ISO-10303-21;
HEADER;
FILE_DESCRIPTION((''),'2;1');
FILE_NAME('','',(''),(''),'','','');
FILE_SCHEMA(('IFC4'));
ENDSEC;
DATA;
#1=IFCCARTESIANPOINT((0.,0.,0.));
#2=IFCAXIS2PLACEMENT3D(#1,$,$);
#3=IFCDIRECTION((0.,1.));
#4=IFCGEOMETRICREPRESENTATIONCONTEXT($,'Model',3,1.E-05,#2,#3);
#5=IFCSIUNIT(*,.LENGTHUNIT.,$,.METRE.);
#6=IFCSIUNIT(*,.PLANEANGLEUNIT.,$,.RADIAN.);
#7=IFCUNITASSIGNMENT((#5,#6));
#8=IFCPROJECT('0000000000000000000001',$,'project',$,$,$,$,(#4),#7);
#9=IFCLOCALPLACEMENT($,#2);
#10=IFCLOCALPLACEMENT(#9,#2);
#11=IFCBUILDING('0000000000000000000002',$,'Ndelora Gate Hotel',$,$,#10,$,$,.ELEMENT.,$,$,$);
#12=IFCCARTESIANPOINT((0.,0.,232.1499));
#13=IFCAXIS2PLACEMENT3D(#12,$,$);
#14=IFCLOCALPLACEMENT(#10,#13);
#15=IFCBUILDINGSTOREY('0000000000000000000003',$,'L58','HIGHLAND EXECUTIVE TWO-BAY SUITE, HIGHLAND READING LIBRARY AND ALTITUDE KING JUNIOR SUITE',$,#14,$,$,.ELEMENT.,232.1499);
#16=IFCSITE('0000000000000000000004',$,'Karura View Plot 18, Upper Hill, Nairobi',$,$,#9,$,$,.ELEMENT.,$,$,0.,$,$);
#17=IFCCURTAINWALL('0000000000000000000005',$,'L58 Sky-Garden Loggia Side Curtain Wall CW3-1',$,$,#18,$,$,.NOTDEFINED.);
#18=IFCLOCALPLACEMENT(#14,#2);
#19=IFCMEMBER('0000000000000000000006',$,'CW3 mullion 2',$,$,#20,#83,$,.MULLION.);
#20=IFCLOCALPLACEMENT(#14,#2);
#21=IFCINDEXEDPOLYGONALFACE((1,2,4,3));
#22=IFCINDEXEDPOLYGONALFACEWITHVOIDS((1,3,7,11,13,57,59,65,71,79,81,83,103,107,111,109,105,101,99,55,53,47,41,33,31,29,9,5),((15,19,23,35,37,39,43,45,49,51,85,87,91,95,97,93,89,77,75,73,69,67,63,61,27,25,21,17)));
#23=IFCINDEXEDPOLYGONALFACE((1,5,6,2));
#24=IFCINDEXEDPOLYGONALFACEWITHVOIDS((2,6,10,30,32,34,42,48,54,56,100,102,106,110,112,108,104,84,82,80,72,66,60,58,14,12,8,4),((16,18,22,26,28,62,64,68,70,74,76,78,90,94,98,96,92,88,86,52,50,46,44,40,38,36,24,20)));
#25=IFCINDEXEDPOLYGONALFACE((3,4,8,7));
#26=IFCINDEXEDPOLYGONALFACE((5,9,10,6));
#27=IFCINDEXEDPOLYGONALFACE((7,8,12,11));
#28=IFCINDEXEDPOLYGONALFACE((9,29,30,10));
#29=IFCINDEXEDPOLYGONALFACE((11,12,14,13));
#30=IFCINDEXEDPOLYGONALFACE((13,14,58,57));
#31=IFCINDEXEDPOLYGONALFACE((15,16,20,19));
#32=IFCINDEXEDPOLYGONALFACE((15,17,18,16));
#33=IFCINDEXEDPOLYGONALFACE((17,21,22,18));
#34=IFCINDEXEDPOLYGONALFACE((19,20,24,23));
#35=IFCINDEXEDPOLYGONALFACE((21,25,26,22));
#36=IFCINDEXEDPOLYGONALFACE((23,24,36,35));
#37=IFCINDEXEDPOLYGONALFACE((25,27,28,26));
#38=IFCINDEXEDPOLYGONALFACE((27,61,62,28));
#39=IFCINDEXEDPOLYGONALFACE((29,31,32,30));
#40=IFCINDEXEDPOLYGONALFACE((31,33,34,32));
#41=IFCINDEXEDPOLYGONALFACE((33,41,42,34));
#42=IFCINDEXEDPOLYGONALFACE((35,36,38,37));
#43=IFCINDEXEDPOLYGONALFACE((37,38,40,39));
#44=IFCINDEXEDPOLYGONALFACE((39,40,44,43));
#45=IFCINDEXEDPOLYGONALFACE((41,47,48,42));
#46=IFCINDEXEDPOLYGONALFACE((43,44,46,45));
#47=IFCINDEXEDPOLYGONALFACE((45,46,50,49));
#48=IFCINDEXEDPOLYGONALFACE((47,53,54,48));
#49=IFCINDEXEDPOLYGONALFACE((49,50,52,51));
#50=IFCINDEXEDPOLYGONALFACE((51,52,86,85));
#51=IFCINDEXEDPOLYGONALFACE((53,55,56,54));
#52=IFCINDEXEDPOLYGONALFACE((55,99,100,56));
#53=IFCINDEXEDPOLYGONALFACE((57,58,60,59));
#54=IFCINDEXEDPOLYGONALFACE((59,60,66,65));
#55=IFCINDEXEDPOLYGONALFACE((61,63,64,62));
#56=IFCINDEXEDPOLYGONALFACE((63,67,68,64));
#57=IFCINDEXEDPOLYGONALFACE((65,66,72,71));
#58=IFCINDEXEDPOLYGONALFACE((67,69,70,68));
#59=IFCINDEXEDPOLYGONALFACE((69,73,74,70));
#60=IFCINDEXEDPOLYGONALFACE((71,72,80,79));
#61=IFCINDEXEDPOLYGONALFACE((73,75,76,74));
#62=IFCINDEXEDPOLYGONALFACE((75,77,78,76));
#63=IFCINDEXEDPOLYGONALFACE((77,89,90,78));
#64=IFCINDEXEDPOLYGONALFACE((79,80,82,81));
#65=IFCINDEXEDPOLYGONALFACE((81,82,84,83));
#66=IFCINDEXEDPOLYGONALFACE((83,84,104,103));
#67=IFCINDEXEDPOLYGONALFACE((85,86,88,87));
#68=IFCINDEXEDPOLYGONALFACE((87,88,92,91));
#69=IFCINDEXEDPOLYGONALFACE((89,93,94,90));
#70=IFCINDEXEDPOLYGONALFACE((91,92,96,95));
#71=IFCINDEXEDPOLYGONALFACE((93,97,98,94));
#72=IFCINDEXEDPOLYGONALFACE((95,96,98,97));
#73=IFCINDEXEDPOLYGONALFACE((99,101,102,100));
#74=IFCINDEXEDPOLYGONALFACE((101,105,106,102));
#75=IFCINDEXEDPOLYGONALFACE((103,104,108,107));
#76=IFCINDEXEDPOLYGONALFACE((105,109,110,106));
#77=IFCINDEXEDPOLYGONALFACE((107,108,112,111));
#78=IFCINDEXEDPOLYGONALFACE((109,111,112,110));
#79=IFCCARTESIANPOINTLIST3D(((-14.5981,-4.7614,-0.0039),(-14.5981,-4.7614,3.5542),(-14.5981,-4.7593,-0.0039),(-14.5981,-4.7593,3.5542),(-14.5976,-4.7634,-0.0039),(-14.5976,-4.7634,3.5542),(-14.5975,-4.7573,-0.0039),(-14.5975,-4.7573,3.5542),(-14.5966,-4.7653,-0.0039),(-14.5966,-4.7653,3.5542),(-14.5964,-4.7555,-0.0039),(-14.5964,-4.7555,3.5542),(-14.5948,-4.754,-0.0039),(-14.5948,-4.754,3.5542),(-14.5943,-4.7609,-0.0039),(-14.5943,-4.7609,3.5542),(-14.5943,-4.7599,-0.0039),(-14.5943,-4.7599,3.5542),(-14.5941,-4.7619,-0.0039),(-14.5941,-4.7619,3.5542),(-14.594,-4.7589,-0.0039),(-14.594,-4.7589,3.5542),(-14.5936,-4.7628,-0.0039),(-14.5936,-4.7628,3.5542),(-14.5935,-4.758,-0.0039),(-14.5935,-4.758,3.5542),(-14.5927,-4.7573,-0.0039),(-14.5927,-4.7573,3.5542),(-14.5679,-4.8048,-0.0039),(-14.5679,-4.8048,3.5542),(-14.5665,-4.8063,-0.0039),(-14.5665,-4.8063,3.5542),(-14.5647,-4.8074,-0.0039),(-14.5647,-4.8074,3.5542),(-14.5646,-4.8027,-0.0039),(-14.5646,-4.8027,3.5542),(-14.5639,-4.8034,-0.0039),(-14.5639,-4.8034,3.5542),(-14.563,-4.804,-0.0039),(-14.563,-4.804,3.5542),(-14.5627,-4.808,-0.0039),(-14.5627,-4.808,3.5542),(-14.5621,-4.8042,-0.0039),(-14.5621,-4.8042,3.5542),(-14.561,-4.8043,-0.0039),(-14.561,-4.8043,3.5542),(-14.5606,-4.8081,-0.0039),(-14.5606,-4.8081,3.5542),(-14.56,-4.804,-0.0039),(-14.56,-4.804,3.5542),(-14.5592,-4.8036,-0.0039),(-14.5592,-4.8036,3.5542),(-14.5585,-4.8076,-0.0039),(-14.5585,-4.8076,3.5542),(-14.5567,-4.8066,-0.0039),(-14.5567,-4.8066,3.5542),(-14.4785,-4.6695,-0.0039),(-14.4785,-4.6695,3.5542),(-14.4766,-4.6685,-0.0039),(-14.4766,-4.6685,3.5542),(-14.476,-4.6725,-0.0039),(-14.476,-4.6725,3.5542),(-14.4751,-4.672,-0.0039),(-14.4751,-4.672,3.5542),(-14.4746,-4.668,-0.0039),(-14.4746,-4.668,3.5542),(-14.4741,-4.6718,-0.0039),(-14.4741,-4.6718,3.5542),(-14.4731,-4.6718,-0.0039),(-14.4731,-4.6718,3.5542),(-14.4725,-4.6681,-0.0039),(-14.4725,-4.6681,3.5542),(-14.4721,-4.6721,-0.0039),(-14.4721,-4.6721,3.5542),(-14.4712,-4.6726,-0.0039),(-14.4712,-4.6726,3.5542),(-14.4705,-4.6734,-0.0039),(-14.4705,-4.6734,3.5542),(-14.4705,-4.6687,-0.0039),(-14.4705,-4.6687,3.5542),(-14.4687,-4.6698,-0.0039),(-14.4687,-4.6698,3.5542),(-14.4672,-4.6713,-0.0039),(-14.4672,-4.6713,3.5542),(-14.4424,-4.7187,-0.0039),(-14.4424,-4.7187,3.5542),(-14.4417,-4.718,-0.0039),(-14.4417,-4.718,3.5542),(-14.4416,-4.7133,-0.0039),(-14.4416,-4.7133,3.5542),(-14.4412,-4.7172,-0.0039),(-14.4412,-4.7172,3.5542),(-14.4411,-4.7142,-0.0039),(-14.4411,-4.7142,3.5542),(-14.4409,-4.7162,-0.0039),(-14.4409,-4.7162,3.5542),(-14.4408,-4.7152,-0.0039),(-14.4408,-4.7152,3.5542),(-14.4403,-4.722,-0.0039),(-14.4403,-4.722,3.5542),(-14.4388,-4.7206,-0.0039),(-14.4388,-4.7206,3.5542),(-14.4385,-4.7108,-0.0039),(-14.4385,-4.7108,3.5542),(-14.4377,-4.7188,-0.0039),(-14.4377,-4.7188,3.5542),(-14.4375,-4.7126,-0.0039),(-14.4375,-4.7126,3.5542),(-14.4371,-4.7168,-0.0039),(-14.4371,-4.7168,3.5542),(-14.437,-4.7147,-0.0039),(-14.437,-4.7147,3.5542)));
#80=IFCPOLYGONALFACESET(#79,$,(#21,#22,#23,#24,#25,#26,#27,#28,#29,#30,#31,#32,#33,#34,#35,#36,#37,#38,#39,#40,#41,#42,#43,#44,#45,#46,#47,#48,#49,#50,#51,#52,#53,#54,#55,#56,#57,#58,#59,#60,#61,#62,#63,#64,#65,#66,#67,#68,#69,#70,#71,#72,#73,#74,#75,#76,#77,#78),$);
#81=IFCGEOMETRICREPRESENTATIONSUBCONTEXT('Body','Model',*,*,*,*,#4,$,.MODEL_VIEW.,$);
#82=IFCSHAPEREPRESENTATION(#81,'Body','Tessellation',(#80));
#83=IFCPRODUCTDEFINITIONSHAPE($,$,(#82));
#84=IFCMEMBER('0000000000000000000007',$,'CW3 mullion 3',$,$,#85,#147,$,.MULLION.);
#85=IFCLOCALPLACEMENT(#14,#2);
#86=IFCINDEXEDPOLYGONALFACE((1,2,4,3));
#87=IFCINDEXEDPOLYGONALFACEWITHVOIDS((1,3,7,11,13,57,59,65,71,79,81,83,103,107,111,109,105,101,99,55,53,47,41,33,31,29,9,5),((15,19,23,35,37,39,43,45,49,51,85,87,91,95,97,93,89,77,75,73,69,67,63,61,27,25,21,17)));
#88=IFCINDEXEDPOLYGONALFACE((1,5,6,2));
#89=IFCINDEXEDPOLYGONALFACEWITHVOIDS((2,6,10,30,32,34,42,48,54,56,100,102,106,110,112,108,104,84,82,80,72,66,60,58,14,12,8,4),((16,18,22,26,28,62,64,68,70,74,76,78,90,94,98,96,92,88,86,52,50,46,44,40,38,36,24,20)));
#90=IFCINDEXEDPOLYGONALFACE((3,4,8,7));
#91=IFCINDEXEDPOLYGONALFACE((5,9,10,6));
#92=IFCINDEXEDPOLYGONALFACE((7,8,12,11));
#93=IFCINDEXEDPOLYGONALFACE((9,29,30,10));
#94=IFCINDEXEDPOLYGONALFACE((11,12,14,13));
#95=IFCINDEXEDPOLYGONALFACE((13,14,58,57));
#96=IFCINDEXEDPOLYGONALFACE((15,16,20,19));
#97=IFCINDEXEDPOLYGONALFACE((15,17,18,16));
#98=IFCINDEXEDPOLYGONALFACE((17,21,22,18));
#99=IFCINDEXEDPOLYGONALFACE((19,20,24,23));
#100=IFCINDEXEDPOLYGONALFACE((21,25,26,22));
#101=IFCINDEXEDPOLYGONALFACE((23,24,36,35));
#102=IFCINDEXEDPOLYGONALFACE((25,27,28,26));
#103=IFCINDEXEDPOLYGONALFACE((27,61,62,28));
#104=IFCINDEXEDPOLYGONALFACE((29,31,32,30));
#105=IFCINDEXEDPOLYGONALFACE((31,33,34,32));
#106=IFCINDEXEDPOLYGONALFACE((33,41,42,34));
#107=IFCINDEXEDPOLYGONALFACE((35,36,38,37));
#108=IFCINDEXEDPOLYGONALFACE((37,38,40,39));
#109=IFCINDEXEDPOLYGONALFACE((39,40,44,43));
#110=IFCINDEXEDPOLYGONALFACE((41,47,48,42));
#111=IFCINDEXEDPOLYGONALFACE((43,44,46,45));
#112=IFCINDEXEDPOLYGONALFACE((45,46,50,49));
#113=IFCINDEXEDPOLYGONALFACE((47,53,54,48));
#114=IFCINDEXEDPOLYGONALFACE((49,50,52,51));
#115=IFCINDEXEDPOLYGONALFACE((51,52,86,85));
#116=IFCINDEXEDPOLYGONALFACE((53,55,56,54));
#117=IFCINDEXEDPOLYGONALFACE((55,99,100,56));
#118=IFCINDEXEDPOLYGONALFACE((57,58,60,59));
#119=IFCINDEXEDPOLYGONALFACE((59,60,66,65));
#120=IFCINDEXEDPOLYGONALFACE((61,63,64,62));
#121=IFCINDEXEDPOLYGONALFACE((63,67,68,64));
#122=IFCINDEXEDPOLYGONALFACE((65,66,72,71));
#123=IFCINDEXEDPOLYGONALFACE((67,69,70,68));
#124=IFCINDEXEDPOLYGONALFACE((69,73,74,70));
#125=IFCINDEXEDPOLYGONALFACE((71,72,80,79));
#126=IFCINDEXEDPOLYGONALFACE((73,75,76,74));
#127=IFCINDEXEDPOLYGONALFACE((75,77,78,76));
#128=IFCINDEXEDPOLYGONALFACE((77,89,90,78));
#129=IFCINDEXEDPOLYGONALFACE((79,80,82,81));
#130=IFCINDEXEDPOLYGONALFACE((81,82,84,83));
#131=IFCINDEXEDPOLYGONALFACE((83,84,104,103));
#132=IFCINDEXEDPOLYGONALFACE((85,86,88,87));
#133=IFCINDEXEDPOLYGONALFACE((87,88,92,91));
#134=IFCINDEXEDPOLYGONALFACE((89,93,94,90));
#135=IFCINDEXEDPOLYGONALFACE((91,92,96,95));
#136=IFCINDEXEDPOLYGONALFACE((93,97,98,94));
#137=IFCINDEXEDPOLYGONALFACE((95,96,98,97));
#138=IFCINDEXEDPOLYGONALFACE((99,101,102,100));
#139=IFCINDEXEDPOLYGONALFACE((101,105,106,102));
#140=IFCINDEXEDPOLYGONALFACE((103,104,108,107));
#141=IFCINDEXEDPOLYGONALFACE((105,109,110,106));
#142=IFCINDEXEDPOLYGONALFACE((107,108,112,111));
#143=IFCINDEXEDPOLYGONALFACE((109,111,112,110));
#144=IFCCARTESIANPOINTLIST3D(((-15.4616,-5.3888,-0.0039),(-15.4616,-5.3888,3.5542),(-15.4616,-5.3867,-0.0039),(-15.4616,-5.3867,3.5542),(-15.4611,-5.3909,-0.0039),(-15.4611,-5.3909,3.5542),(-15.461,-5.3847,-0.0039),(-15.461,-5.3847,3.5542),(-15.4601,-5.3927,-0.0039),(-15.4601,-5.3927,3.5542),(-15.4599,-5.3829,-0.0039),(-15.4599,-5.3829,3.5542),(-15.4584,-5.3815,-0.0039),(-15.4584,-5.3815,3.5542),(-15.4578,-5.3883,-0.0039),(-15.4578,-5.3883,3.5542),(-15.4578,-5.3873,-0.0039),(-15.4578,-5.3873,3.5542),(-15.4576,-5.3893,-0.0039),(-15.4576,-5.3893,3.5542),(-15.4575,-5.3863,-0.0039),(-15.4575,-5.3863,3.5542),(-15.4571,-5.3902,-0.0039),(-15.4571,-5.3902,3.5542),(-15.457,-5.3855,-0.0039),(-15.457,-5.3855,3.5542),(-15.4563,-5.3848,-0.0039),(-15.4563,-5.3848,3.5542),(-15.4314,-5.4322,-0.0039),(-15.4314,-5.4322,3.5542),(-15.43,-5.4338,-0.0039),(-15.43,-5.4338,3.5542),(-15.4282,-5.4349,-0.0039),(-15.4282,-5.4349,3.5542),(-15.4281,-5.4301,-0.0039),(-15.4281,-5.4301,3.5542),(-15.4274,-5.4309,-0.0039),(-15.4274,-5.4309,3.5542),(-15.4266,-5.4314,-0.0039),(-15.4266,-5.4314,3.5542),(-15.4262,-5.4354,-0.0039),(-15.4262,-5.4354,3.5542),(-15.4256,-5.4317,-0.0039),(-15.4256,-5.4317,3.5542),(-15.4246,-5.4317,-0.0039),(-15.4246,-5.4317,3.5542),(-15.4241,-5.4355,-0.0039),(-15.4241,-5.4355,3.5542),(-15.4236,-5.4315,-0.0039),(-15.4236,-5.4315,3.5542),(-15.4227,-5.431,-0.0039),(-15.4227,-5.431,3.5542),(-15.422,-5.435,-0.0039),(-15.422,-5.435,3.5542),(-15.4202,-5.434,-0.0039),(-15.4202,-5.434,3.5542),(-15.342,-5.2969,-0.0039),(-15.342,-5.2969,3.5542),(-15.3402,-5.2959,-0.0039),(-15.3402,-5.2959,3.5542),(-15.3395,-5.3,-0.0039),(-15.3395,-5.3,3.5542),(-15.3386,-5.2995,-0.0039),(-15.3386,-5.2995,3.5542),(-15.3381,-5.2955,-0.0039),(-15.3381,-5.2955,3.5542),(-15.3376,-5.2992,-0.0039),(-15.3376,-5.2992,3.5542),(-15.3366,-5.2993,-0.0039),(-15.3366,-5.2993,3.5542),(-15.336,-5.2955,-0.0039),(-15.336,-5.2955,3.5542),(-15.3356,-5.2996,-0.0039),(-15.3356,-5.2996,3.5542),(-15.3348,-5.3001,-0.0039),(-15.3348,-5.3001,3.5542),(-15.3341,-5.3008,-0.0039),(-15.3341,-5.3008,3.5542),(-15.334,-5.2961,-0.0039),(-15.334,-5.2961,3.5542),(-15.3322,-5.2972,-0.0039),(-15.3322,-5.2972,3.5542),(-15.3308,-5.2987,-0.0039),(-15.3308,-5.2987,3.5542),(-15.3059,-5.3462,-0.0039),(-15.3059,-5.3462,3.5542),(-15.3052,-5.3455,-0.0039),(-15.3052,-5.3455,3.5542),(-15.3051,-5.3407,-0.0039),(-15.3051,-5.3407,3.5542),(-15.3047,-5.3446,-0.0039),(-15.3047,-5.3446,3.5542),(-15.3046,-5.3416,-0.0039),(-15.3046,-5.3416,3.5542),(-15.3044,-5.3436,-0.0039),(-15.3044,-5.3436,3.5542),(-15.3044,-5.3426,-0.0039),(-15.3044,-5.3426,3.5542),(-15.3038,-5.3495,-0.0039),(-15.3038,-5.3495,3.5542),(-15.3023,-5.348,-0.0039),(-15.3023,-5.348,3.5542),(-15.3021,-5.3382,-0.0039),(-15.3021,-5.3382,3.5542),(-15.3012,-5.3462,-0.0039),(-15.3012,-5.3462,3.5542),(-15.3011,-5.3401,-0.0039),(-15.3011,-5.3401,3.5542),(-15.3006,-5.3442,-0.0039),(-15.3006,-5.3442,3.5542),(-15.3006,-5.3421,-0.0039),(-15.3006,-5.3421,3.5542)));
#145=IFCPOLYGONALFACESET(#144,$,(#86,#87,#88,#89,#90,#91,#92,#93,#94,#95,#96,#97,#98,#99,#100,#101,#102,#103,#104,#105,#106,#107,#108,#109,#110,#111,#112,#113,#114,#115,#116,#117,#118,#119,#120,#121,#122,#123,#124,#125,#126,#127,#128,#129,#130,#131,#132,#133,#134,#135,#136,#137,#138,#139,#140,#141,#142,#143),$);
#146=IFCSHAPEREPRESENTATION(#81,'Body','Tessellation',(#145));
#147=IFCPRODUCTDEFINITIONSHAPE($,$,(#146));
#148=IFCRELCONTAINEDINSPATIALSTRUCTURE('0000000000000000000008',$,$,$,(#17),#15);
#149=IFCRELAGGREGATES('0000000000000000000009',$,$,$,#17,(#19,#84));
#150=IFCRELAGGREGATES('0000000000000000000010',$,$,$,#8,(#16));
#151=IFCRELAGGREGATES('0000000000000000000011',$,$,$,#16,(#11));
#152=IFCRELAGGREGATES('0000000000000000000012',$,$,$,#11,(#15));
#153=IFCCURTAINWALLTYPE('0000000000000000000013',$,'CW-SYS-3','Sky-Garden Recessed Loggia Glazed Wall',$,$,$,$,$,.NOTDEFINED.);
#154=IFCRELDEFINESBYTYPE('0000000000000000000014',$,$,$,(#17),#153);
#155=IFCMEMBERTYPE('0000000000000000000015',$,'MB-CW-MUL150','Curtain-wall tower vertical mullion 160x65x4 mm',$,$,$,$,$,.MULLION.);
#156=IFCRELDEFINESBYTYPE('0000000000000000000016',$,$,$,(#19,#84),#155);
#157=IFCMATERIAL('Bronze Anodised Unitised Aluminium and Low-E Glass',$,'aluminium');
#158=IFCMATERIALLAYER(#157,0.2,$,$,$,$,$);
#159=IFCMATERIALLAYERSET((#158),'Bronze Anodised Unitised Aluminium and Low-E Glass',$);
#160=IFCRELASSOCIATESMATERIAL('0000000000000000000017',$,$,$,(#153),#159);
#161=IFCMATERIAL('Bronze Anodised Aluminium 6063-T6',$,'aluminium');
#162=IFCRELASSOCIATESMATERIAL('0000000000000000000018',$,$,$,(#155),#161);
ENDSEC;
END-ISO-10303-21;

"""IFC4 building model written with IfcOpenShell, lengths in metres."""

from ifc_helpers import new_model, si_unit, direction, frame, origin, origin_2d, place, context, subcontext, project, spatial, hollow_rectangle, extrude, material, layer, layer_set, material_profile, profile_set, type_object, element, aggregate, save


model = new_model("IFC4")

# Units and contexts
model_context = context("Model", 3, precision=1e-05, world=origin(), true_north=direction((0.0, 1.0)))
body_context = subcontext(model_context, "Body", "Model", "MODEL_VIEW")
ifc_project = project(units=[si_unit("LENGTHUNIT", "METRE"), si_unit("PLANEANGLEUNIT", "RADIAN")], contexts=[model_context])

# Site, building, storey
site_placement = place(None, origin())
site = spatial("IfcSite", under=ifc_project, at=site_placement, Name="Karura View Plot 18, Upper Hill, Nairobi", CompositionType="ELEMENT", RefElevation=0.0)
building_placement = place(site_placement, origin())
building = spatial("IfcBuilding", under=site, at=building_placement, Name="Ndelora Gate Hotel", CompositionType="ELEMENT")
storey_placement = place(building_placement, frame((0.0, 0.0, 232.1499)))
storey = spatial("IfcBuildingStorey", under=building, at=storey_placement, Name="L58", Description="HIGHLAND EXECUTIVE TWO-BAY SUITE, HIGHLAND READING LIBRARY AND ALTITUDE KING JUNIOR SUITE", CompositionType="ELEMENT", Elevation=232.1499)

# Curtain wall, members
ifc_material_1 = material(Name="Bronze Anodised Unitised Aluminium and Low-E Glass", Category="aluminium")
ifc_layer_1 = layer(ifc_material_1, 0.2)
ifc_layer_set_1 = layer_set([ifc_layer_1], Name="Bronze Anodised Unitised Aluminium and Low-E Glass")
curtain_wall_type = type_object("IfcCurtainWallType", Name="CW-SYS-3", Description="Sky-Garden Recessed Loggia Glazed Wall", PredefinedType="NOTDEFINED", material=ifc_layer_set_1)
curtain_wall_placement = place(storey_placement, origin())
curtain_wall = element("IfcCurtainWall", 1, at=curtain_wall_placement, inside=storey, type_object=curtain_wall_type, Name="L58 Sky-Garden Loggia Side Curtain Wall CW3-1", PredefinedType="NOTDEFINED")
ifc_material_2 = material(Name="Bronze Anodised Aluminium 6063-T6", Category="aluminium")
ifc_material_profile_1 = material_profile(ifc_material_2, hollow_rectangle(XDim=0.0649, YDim=0.1599, WallThickness=0.0039, InnerFilletRadius=0.0039, OuterFilletRadius=0.0081, at=origin_2d()), Name="ALU 160x65x4")
ifc_profile_set_1 = profile_set([ifc_material_profile_1], Name="Bronze Anodised Aluminium 6063-T6")
member_type_1 = type_object("IfcMemberType", Name="MB-CW-MUL150", Description="Curtain-wall tower vertical mullion 160x65x4 mm", PredefinedType="MULLION", material=ifc_profile_set_1)
member_1_placement = place(storey_placement, frame((-14.5176, -4.738, -0.0039), z_axis=(0.0, 0.0, 1.0), x_axis=(0.587785, -0.809017, 0.0)))
member_1 = element("IfcMember", 2, at=member_1_placement, type_object=member_type_1, Name="CW3 mullion 2", PredefinedType="MULLION", context=body_context, shape_type="SweptSolid", body=[
    extrude(hollow_rectangle(XDim=0.0649, YDim=0.1599, WallThickness=0.0039, InnerFilletRadius=0.0039, OuterFilletRadius=0.0081, at=origin_2d()), origin(), (0.0, 0.0, 1.0), 3.5581),
])
member_2_placement = place(storey_placement, frame((-15.3811, -5.3655, -0.0039), z_axis=(0.0, 0.0, 1.0), x_axis=(0.587785, -0.809017, 0.0)))
member_2 = element("IfcMember", 3, at=member_2_placement, type_object=member_type_1, Name="CW3 mullion 3", PredefinedType="MULLION", context=body_context, shape_type="SweptSolid", body=[
    extrude(hollow_rectangle(XDim=0.0649, YDim=0.1599, WallThickness=0.0039, InnerFilletRadius=0.0039, OuterFilletRadius=0.0081, at=origin_2d()), origin(), (0.0, 0.0, 1.0), 3.5581),
])
aggregate(curtain_wall, [member_1, member_2])

save(model, "model.ifc")
